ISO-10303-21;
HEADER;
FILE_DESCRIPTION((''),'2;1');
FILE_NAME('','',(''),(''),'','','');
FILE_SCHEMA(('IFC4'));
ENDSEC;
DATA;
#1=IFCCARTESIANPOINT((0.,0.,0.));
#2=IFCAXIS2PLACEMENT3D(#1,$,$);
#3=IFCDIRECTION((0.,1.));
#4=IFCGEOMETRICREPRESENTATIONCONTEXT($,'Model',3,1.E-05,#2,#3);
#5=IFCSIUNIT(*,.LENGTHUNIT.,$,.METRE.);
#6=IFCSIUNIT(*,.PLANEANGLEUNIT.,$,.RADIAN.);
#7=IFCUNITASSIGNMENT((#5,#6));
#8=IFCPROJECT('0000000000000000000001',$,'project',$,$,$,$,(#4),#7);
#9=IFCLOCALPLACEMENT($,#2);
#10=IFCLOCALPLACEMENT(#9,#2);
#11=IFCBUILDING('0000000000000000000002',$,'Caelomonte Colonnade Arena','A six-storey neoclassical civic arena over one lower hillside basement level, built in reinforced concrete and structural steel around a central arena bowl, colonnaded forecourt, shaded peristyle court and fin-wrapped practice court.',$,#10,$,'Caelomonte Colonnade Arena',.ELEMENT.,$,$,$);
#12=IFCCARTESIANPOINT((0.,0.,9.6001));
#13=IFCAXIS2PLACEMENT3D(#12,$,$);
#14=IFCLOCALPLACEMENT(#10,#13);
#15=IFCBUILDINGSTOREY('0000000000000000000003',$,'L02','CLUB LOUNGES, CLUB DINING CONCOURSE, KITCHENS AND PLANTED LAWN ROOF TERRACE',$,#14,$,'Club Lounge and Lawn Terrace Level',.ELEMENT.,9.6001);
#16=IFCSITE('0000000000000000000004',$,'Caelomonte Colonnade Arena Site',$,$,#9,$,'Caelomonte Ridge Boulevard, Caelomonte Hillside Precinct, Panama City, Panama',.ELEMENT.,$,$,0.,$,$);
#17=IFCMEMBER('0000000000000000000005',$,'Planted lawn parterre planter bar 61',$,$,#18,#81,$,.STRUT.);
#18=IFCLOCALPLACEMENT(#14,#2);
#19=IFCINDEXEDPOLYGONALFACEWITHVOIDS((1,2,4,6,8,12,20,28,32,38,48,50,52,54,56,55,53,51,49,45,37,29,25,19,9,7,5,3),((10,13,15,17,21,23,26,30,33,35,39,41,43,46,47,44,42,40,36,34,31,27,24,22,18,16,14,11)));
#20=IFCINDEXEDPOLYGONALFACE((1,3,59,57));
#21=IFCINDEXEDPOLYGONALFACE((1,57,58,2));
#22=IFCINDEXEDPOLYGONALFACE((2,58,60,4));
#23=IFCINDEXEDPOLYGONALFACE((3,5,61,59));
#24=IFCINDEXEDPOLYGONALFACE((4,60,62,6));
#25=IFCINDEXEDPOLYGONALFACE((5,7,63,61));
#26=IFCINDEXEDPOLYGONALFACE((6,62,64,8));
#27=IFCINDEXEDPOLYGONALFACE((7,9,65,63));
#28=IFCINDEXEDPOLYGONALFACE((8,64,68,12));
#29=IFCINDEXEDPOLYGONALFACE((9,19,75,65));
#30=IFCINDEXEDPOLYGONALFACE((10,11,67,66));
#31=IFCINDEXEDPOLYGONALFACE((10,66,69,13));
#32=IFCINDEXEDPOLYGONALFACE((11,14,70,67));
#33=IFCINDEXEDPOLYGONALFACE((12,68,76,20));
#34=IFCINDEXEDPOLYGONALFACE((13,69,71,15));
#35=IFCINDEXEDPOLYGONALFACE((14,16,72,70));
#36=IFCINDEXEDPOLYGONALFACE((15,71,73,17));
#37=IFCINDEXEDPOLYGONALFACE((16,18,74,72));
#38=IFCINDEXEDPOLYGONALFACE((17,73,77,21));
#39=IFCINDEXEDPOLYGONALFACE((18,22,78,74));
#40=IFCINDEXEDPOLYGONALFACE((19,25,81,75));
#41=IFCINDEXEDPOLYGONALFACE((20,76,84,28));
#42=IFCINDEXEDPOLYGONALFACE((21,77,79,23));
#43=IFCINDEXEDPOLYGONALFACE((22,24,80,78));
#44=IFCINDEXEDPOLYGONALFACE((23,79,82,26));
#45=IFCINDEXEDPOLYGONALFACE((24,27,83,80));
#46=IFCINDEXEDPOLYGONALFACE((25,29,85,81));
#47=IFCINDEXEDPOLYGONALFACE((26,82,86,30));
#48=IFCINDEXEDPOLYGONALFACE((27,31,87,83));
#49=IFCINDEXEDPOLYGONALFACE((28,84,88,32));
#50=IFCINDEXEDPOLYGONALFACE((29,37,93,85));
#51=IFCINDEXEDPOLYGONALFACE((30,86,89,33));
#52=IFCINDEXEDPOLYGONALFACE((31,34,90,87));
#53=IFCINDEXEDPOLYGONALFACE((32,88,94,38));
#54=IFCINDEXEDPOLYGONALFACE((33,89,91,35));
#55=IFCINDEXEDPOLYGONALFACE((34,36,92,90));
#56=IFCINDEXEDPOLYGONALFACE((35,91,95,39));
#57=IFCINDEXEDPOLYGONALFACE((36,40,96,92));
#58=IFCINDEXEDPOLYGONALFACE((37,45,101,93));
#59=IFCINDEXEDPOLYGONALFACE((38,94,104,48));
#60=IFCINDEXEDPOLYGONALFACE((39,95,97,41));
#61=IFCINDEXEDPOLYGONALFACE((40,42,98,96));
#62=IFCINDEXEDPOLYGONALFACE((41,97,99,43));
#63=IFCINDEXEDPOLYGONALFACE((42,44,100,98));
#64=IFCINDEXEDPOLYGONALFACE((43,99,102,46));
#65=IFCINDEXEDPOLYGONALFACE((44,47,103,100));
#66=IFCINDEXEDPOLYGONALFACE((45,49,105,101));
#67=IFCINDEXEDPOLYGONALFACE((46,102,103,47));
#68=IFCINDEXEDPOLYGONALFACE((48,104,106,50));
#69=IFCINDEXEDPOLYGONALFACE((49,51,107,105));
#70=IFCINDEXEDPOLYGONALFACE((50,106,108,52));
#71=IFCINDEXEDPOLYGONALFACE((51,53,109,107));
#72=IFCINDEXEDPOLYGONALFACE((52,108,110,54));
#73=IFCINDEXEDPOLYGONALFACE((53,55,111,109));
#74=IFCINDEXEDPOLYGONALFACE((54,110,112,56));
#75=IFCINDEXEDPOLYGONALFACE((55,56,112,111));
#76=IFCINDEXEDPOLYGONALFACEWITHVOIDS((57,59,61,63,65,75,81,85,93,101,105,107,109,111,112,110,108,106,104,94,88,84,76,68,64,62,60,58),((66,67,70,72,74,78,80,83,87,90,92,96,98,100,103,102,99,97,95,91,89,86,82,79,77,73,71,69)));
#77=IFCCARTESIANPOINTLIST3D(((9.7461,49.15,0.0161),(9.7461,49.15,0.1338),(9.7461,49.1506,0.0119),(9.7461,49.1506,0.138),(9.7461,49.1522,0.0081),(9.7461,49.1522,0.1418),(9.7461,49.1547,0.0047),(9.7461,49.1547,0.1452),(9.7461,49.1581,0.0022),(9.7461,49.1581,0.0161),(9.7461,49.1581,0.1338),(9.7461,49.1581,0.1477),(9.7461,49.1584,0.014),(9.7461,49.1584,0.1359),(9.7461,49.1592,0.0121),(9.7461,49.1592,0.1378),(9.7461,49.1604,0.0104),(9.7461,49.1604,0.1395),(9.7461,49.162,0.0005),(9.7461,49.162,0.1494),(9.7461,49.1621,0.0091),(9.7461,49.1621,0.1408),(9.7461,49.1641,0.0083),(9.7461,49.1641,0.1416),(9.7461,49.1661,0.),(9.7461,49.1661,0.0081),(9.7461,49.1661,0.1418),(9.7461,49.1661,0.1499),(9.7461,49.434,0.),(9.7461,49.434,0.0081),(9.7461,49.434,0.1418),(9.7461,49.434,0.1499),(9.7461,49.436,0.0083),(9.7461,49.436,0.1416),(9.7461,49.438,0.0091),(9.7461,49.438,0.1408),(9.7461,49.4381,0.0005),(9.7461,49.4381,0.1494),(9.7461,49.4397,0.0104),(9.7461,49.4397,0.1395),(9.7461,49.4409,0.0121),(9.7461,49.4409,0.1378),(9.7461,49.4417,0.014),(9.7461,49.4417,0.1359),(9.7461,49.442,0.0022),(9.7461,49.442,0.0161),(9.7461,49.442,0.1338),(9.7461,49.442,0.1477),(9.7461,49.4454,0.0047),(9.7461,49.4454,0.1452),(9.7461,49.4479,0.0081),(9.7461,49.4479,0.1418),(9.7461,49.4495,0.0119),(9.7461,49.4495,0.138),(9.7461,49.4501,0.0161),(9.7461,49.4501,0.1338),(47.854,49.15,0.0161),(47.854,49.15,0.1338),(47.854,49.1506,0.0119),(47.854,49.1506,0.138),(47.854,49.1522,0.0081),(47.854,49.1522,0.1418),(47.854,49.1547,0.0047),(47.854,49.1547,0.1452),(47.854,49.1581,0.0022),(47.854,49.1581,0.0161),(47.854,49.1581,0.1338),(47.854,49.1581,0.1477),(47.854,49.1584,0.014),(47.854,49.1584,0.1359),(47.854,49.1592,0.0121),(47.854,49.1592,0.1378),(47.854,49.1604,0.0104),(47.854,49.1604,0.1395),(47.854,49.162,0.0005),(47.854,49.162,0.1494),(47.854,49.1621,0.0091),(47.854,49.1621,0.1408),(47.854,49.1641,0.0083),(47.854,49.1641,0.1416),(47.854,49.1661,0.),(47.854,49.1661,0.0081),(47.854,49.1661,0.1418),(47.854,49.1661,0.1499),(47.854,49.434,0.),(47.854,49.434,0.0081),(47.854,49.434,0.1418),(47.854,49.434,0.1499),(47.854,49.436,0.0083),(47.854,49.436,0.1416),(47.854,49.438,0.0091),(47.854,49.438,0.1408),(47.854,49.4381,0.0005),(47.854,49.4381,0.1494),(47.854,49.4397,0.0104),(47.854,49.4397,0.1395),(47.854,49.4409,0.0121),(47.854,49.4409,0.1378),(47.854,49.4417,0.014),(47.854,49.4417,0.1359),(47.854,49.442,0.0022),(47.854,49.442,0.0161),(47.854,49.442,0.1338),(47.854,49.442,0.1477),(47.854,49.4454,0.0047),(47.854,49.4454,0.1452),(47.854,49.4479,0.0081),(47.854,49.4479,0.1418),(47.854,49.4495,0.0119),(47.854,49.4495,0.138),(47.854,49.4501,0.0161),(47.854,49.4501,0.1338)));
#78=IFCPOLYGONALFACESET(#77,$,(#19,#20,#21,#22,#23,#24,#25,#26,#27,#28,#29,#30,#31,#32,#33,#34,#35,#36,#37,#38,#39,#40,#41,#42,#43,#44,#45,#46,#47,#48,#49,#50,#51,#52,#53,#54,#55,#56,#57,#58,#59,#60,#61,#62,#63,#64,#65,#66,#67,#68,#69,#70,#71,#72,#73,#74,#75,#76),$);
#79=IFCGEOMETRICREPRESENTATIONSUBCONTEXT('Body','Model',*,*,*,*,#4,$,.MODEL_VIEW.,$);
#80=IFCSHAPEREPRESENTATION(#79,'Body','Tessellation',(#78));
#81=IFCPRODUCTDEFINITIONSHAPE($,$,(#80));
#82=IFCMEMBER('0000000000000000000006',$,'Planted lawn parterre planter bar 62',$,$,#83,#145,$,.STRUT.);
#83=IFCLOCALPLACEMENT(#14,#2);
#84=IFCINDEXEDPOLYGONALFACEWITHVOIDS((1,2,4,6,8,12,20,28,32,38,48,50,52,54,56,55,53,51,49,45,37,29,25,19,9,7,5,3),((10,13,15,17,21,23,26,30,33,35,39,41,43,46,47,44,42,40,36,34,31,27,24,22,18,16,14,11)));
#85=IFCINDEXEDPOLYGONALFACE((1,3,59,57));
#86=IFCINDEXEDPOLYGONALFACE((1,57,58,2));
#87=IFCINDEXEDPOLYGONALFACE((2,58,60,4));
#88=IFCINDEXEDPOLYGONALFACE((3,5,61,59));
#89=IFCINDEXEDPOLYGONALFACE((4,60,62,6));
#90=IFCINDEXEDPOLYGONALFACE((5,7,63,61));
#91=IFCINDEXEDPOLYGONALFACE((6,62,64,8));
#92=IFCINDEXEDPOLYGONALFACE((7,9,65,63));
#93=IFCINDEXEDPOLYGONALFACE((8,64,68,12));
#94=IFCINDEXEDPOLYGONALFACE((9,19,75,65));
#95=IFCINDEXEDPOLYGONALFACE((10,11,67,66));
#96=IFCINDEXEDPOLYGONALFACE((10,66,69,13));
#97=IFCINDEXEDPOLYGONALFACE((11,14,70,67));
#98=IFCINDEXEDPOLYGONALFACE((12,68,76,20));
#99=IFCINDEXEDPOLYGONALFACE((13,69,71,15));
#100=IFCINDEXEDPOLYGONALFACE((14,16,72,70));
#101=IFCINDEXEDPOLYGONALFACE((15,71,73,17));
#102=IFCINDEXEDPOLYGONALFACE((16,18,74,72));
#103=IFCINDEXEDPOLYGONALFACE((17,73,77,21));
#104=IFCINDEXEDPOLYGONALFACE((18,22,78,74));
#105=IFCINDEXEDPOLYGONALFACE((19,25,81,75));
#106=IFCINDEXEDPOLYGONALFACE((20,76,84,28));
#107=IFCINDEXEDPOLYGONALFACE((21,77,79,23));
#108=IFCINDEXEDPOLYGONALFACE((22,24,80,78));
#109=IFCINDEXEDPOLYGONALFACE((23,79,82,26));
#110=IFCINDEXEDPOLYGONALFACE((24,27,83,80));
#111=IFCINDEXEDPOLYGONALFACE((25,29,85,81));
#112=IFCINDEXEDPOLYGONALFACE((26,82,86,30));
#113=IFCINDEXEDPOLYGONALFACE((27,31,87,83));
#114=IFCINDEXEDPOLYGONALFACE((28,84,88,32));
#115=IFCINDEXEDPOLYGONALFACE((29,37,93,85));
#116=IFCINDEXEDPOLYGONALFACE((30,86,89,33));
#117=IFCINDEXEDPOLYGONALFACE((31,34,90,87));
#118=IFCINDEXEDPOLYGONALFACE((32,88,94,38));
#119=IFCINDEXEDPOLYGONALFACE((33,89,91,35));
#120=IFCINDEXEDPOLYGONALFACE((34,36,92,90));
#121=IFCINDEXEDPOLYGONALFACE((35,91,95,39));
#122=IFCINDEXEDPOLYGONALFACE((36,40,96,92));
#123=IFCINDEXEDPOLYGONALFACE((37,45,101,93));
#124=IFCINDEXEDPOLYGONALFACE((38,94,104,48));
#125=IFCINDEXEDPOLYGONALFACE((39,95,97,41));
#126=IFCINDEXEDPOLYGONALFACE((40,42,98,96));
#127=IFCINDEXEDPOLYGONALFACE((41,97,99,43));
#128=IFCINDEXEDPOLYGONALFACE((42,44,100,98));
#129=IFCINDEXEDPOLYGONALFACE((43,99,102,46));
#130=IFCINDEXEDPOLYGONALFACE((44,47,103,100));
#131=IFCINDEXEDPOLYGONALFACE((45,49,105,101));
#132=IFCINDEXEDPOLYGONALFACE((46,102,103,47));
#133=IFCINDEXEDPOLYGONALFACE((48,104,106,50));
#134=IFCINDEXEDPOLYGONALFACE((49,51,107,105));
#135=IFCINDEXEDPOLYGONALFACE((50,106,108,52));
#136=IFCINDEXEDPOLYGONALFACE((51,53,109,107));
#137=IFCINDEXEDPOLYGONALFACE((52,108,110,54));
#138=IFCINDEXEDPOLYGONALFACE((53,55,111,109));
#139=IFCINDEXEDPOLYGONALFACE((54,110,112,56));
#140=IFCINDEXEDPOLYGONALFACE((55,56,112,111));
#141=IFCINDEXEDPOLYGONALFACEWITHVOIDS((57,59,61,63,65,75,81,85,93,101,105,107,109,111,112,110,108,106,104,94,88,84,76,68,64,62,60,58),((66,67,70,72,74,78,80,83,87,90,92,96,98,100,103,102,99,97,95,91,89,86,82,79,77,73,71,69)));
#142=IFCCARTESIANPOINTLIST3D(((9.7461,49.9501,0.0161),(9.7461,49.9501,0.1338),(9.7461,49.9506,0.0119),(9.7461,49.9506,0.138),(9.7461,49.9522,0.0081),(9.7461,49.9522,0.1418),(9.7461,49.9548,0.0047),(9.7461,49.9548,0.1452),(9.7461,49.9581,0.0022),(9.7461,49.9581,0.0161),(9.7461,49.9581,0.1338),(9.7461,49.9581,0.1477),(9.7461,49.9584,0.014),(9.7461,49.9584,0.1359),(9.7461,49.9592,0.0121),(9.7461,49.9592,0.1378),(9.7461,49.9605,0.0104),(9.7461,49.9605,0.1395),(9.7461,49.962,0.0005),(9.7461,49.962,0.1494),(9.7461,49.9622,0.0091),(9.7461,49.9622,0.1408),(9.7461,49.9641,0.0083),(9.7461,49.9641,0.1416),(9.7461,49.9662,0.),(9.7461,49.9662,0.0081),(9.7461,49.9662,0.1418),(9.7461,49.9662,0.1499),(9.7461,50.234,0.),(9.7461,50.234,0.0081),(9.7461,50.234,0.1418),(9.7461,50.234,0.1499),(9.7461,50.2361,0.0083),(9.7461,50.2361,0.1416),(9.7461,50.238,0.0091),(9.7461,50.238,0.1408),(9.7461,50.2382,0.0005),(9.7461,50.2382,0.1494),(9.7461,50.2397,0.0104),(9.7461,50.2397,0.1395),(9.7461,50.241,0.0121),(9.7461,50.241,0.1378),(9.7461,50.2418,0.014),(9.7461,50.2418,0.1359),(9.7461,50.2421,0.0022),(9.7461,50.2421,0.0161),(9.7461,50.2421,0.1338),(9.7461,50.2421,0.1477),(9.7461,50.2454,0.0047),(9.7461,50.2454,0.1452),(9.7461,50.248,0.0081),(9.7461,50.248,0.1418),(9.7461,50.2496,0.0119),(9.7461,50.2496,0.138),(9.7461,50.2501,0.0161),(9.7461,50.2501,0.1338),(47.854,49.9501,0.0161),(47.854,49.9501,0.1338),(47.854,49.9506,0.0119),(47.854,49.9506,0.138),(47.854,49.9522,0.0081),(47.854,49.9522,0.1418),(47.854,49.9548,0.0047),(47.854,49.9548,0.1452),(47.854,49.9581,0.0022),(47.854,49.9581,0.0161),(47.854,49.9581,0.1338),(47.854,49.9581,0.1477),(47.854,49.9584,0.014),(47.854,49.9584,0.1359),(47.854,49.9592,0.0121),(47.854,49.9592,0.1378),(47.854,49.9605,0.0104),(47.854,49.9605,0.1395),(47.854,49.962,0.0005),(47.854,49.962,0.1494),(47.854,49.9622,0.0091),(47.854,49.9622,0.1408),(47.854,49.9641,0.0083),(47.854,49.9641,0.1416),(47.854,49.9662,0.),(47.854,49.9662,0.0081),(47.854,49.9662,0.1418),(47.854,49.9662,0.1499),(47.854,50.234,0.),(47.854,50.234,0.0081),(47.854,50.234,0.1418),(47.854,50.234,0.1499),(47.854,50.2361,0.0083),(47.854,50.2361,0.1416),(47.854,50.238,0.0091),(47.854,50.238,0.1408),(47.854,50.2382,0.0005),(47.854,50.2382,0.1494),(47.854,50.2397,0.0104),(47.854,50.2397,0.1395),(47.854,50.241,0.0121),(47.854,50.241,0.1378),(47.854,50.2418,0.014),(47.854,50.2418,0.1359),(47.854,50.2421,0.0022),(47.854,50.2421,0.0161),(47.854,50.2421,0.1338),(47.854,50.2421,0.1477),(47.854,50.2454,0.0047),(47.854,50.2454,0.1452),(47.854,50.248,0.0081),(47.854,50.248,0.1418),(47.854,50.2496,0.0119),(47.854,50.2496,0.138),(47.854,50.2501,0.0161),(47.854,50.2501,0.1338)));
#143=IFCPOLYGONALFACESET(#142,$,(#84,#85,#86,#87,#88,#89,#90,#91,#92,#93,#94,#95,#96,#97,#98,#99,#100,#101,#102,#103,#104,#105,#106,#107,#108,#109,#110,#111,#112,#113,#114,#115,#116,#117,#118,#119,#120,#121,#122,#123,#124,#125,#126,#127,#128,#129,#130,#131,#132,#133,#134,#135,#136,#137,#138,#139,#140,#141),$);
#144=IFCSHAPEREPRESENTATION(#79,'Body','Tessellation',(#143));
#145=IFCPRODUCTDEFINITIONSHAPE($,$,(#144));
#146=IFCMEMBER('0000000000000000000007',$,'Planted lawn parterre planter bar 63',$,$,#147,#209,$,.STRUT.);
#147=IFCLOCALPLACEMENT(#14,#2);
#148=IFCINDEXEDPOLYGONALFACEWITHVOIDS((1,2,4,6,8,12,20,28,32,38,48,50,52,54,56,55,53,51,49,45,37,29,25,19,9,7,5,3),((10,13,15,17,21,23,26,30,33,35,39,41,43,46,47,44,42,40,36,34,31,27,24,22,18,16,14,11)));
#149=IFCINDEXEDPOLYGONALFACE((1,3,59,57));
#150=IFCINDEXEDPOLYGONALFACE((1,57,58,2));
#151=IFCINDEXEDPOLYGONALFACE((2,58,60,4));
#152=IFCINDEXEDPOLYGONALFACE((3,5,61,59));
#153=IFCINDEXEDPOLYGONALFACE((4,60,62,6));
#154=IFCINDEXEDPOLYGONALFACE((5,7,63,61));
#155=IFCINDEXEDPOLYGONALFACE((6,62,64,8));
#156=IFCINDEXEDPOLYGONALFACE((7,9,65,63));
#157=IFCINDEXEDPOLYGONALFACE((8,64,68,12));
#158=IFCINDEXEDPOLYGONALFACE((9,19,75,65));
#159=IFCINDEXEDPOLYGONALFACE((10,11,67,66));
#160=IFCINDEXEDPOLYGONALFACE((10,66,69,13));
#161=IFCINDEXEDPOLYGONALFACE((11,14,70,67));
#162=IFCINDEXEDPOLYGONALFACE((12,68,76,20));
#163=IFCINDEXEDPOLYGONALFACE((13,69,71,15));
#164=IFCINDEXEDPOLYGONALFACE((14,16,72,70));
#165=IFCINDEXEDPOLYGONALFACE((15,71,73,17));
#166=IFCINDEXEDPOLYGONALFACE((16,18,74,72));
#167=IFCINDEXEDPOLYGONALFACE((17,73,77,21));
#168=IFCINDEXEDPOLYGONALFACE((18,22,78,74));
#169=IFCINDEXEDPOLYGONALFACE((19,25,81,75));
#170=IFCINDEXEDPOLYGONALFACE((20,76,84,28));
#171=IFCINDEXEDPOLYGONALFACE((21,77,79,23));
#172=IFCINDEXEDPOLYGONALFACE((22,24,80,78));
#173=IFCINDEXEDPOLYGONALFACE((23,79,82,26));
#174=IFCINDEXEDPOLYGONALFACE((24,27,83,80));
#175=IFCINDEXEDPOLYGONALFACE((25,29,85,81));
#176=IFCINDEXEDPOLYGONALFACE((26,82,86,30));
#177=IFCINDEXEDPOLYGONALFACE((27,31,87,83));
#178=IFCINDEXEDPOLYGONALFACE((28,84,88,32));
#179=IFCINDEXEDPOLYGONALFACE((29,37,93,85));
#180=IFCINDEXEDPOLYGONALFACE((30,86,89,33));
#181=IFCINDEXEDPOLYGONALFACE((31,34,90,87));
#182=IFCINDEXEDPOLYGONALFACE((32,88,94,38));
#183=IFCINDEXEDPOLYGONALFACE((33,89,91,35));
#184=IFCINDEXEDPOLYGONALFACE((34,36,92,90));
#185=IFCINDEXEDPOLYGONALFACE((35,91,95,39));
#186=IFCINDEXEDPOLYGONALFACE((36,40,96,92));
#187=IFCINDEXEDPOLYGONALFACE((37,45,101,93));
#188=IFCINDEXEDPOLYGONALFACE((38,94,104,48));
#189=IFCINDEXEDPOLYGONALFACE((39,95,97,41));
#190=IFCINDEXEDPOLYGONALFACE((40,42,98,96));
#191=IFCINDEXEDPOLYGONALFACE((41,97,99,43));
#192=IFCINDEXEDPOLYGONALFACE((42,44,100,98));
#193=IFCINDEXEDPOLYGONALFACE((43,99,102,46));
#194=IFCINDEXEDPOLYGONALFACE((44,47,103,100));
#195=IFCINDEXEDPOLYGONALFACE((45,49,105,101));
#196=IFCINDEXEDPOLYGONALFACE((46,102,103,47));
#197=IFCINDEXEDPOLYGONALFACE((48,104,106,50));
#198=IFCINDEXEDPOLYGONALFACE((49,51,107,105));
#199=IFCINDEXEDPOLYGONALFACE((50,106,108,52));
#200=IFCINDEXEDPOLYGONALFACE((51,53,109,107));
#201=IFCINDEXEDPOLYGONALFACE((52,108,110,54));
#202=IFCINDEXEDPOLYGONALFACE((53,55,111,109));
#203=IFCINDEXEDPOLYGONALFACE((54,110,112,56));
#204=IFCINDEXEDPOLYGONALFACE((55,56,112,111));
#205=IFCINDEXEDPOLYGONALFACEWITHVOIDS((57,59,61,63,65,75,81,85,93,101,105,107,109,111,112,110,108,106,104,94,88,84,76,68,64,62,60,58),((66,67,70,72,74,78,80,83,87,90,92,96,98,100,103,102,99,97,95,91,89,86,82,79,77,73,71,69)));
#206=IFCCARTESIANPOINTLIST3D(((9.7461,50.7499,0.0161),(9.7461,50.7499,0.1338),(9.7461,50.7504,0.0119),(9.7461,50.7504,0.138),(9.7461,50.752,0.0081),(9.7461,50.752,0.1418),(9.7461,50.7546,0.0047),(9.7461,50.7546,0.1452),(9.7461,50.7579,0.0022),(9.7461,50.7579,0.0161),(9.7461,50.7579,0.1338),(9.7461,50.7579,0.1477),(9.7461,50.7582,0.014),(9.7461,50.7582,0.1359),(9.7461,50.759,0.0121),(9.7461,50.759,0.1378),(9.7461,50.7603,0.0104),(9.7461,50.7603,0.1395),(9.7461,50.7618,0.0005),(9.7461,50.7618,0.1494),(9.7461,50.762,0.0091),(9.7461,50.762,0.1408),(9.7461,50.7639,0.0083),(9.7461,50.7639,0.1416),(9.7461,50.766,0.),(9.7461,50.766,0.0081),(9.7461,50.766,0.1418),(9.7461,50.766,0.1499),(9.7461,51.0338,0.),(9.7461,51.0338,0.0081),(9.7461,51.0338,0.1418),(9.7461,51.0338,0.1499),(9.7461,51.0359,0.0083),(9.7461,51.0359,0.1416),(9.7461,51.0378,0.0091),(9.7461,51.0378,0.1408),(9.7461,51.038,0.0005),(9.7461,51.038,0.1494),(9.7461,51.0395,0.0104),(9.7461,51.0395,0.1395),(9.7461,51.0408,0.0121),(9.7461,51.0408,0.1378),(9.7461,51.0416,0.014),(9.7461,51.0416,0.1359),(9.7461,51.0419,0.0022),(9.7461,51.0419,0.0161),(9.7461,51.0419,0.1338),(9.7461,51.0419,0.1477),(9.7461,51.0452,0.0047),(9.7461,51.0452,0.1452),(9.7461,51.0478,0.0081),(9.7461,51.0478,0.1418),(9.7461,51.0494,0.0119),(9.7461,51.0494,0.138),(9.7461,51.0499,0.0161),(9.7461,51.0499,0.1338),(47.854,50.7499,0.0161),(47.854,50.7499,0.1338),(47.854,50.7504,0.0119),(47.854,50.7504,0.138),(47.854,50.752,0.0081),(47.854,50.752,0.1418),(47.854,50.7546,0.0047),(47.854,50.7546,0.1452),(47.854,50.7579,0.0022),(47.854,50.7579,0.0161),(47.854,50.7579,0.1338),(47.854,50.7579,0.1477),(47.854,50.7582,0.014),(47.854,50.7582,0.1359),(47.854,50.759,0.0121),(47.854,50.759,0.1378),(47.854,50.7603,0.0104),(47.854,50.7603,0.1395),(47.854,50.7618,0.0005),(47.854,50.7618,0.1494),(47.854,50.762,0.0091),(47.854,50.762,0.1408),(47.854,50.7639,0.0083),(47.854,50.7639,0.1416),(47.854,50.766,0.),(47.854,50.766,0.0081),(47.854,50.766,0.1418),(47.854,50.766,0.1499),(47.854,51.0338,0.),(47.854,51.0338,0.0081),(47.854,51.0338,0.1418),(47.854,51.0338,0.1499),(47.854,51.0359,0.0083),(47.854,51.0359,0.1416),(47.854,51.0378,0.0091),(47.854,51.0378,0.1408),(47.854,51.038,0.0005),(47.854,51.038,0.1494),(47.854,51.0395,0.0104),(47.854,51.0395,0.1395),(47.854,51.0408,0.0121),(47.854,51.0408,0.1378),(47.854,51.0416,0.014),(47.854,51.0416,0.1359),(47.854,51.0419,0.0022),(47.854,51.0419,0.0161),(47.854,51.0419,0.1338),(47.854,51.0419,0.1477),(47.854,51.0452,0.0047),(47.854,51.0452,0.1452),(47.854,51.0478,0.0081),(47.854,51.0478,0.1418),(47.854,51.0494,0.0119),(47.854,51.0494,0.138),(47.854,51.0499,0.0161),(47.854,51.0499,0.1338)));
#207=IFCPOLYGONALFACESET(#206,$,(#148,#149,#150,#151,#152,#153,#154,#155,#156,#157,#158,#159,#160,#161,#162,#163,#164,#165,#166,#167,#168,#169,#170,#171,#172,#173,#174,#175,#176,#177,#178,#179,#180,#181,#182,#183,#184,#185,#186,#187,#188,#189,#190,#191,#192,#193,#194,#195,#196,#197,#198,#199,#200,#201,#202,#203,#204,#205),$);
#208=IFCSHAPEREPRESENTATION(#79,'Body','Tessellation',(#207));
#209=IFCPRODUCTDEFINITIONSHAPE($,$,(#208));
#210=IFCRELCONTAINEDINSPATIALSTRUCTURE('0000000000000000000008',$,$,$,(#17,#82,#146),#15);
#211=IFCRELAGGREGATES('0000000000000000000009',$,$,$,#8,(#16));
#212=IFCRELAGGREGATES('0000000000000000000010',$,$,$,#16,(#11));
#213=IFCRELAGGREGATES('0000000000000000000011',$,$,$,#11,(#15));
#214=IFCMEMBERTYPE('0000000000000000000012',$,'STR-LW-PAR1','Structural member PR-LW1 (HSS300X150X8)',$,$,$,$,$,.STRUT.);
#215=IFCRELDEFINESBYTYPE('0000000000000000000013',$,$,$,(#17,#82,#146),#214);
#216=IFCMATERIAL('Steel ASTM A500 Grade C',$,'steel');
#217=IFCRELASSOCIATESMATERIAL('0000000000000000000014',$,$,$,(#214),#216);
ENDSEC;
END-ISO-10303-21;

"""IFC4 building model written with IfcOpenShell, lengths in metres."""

from ifc_helpers import new_model, si_unit, direction, frame, origin, origin_2d, place, context, subcontext, project, spatial, hollow_rectangle, extrude, material, material_profile, profile_set, type_object, element, save


model = new_model("IFC4")

# Units and contexts
model_context = context("Model", 3, precision=1e-05, world=origin(), true_north=direction((0.0, 1.0)))
body_context = subcontext(model_context, "Body", "Model", "MODEL_VIEW")
ifc_project = project(units=[si_unit("LENGTHUNIT", "METRE"), si_unit("PLANEANGLEUNIT", "RADIAN")], contexts=[model_context])

# Site, building, storey
site_placement = place(None, origin())
site = spatial("IfcSite", under=ifc_project, at=site_placement, Name="Caelomonte Colonnade Arena Site", LongName="Caelomonte Ridge Boulevard, Caelomonte Hillside Precinct, Panama City, Panama", CompositionType="ELEMENT", RefElevation=0.0)
building_placement = place(site_placement, origin())
building = spatial("IfcBuilding", under=site, at=building_placement, Name="Caelomonte Colonnade Arena", Description="A six-storey neoclassical civic arena over one lower hillside basement level, built in reinforced concrete and structural steel around a central arena bowl, colonnaded forecourt, shaded peristyle court and fin-wrapped practice court.", LongName="Caelomonte Colonnade Arena", CompositionType="ELEMENT")
storey_placement = place(building_placement, frame((0.0, 0.0, 9.6001)))
storey = spatial("IfcBuildingStorey", under=building, at=storey_placement, Name="L02", Description="CLUB LOUNGES, CLUB DINING CONCOURSE, KITCHENS AND PLANTED LAWN ROOF TERRACE", LongName="Club Lounge and Lawn Terrace Level", CompositionType="ELEMENT", Elevation=9.6001)

# Members
ifc_material_1 = material(Name="Steel ASTM A500 Grade C", Category="steel")
ifc_material_profile_1 = material_profile(ifc_material_1, hollow_rectangle(XDim=0.3, YDim=0.1499, WallThickness=0.0081, InnerFilletRadius=0.0081, OuterFilletRadius=0.0161, at=origin_2d()), Name="HSS300X150X8")
ifc_profile_set_1 = profile_set([ifc_material_profile_1], Name="Steel ASTM A500 Grade C")
member_type = type_object("IfcMemberType", Name="STR-LW-PAR1", Description="Structural member PR-LW1 (HSS300X150X8)", PredefinedType="STRUT", material=ifc_profile_set_1)
for number, where, z_axis, x_axis, name in (
    (1, (9.7461, 49.3, 0.075), (1.0, 0.0, 0.0), (0.0, 1.0, 0.0), "Planted lawn parterre planter bar 61"),
    (2, (9.7461, 50.1001, 0.075), (1.0, 0.0, 0.0), (0.0, 1.0, 0.0), "Planted lawn parterre planter bar 62"),
    (3, (9.7461, 50.8999, 0.075), (1.0, 0.0, 0.0), (0.0, 1.0, 0.0), "Planted lawn parterre planter bar 63"),
):
    element("IfcMember", number, at=place(storey_placement, frame(where, z_axis=z_axis, x_axis=x_axis)), inside=storey, type_object=member_type, Name=name, PredefinedType="STRUT", context=body_context, shape_type="SweptSolid", body=[
        extrude(hollow_rectangle(XDim=0.3, YDim=0.1499, WallThickness=0.0081, InnerFilletRadius=0.0081, OuterFilletRadius=0.0161, at=origin_2d()), origin(), (0.0, 0.0, 1.0), 38.1079),
    ])

save(model, "model.ifc")
